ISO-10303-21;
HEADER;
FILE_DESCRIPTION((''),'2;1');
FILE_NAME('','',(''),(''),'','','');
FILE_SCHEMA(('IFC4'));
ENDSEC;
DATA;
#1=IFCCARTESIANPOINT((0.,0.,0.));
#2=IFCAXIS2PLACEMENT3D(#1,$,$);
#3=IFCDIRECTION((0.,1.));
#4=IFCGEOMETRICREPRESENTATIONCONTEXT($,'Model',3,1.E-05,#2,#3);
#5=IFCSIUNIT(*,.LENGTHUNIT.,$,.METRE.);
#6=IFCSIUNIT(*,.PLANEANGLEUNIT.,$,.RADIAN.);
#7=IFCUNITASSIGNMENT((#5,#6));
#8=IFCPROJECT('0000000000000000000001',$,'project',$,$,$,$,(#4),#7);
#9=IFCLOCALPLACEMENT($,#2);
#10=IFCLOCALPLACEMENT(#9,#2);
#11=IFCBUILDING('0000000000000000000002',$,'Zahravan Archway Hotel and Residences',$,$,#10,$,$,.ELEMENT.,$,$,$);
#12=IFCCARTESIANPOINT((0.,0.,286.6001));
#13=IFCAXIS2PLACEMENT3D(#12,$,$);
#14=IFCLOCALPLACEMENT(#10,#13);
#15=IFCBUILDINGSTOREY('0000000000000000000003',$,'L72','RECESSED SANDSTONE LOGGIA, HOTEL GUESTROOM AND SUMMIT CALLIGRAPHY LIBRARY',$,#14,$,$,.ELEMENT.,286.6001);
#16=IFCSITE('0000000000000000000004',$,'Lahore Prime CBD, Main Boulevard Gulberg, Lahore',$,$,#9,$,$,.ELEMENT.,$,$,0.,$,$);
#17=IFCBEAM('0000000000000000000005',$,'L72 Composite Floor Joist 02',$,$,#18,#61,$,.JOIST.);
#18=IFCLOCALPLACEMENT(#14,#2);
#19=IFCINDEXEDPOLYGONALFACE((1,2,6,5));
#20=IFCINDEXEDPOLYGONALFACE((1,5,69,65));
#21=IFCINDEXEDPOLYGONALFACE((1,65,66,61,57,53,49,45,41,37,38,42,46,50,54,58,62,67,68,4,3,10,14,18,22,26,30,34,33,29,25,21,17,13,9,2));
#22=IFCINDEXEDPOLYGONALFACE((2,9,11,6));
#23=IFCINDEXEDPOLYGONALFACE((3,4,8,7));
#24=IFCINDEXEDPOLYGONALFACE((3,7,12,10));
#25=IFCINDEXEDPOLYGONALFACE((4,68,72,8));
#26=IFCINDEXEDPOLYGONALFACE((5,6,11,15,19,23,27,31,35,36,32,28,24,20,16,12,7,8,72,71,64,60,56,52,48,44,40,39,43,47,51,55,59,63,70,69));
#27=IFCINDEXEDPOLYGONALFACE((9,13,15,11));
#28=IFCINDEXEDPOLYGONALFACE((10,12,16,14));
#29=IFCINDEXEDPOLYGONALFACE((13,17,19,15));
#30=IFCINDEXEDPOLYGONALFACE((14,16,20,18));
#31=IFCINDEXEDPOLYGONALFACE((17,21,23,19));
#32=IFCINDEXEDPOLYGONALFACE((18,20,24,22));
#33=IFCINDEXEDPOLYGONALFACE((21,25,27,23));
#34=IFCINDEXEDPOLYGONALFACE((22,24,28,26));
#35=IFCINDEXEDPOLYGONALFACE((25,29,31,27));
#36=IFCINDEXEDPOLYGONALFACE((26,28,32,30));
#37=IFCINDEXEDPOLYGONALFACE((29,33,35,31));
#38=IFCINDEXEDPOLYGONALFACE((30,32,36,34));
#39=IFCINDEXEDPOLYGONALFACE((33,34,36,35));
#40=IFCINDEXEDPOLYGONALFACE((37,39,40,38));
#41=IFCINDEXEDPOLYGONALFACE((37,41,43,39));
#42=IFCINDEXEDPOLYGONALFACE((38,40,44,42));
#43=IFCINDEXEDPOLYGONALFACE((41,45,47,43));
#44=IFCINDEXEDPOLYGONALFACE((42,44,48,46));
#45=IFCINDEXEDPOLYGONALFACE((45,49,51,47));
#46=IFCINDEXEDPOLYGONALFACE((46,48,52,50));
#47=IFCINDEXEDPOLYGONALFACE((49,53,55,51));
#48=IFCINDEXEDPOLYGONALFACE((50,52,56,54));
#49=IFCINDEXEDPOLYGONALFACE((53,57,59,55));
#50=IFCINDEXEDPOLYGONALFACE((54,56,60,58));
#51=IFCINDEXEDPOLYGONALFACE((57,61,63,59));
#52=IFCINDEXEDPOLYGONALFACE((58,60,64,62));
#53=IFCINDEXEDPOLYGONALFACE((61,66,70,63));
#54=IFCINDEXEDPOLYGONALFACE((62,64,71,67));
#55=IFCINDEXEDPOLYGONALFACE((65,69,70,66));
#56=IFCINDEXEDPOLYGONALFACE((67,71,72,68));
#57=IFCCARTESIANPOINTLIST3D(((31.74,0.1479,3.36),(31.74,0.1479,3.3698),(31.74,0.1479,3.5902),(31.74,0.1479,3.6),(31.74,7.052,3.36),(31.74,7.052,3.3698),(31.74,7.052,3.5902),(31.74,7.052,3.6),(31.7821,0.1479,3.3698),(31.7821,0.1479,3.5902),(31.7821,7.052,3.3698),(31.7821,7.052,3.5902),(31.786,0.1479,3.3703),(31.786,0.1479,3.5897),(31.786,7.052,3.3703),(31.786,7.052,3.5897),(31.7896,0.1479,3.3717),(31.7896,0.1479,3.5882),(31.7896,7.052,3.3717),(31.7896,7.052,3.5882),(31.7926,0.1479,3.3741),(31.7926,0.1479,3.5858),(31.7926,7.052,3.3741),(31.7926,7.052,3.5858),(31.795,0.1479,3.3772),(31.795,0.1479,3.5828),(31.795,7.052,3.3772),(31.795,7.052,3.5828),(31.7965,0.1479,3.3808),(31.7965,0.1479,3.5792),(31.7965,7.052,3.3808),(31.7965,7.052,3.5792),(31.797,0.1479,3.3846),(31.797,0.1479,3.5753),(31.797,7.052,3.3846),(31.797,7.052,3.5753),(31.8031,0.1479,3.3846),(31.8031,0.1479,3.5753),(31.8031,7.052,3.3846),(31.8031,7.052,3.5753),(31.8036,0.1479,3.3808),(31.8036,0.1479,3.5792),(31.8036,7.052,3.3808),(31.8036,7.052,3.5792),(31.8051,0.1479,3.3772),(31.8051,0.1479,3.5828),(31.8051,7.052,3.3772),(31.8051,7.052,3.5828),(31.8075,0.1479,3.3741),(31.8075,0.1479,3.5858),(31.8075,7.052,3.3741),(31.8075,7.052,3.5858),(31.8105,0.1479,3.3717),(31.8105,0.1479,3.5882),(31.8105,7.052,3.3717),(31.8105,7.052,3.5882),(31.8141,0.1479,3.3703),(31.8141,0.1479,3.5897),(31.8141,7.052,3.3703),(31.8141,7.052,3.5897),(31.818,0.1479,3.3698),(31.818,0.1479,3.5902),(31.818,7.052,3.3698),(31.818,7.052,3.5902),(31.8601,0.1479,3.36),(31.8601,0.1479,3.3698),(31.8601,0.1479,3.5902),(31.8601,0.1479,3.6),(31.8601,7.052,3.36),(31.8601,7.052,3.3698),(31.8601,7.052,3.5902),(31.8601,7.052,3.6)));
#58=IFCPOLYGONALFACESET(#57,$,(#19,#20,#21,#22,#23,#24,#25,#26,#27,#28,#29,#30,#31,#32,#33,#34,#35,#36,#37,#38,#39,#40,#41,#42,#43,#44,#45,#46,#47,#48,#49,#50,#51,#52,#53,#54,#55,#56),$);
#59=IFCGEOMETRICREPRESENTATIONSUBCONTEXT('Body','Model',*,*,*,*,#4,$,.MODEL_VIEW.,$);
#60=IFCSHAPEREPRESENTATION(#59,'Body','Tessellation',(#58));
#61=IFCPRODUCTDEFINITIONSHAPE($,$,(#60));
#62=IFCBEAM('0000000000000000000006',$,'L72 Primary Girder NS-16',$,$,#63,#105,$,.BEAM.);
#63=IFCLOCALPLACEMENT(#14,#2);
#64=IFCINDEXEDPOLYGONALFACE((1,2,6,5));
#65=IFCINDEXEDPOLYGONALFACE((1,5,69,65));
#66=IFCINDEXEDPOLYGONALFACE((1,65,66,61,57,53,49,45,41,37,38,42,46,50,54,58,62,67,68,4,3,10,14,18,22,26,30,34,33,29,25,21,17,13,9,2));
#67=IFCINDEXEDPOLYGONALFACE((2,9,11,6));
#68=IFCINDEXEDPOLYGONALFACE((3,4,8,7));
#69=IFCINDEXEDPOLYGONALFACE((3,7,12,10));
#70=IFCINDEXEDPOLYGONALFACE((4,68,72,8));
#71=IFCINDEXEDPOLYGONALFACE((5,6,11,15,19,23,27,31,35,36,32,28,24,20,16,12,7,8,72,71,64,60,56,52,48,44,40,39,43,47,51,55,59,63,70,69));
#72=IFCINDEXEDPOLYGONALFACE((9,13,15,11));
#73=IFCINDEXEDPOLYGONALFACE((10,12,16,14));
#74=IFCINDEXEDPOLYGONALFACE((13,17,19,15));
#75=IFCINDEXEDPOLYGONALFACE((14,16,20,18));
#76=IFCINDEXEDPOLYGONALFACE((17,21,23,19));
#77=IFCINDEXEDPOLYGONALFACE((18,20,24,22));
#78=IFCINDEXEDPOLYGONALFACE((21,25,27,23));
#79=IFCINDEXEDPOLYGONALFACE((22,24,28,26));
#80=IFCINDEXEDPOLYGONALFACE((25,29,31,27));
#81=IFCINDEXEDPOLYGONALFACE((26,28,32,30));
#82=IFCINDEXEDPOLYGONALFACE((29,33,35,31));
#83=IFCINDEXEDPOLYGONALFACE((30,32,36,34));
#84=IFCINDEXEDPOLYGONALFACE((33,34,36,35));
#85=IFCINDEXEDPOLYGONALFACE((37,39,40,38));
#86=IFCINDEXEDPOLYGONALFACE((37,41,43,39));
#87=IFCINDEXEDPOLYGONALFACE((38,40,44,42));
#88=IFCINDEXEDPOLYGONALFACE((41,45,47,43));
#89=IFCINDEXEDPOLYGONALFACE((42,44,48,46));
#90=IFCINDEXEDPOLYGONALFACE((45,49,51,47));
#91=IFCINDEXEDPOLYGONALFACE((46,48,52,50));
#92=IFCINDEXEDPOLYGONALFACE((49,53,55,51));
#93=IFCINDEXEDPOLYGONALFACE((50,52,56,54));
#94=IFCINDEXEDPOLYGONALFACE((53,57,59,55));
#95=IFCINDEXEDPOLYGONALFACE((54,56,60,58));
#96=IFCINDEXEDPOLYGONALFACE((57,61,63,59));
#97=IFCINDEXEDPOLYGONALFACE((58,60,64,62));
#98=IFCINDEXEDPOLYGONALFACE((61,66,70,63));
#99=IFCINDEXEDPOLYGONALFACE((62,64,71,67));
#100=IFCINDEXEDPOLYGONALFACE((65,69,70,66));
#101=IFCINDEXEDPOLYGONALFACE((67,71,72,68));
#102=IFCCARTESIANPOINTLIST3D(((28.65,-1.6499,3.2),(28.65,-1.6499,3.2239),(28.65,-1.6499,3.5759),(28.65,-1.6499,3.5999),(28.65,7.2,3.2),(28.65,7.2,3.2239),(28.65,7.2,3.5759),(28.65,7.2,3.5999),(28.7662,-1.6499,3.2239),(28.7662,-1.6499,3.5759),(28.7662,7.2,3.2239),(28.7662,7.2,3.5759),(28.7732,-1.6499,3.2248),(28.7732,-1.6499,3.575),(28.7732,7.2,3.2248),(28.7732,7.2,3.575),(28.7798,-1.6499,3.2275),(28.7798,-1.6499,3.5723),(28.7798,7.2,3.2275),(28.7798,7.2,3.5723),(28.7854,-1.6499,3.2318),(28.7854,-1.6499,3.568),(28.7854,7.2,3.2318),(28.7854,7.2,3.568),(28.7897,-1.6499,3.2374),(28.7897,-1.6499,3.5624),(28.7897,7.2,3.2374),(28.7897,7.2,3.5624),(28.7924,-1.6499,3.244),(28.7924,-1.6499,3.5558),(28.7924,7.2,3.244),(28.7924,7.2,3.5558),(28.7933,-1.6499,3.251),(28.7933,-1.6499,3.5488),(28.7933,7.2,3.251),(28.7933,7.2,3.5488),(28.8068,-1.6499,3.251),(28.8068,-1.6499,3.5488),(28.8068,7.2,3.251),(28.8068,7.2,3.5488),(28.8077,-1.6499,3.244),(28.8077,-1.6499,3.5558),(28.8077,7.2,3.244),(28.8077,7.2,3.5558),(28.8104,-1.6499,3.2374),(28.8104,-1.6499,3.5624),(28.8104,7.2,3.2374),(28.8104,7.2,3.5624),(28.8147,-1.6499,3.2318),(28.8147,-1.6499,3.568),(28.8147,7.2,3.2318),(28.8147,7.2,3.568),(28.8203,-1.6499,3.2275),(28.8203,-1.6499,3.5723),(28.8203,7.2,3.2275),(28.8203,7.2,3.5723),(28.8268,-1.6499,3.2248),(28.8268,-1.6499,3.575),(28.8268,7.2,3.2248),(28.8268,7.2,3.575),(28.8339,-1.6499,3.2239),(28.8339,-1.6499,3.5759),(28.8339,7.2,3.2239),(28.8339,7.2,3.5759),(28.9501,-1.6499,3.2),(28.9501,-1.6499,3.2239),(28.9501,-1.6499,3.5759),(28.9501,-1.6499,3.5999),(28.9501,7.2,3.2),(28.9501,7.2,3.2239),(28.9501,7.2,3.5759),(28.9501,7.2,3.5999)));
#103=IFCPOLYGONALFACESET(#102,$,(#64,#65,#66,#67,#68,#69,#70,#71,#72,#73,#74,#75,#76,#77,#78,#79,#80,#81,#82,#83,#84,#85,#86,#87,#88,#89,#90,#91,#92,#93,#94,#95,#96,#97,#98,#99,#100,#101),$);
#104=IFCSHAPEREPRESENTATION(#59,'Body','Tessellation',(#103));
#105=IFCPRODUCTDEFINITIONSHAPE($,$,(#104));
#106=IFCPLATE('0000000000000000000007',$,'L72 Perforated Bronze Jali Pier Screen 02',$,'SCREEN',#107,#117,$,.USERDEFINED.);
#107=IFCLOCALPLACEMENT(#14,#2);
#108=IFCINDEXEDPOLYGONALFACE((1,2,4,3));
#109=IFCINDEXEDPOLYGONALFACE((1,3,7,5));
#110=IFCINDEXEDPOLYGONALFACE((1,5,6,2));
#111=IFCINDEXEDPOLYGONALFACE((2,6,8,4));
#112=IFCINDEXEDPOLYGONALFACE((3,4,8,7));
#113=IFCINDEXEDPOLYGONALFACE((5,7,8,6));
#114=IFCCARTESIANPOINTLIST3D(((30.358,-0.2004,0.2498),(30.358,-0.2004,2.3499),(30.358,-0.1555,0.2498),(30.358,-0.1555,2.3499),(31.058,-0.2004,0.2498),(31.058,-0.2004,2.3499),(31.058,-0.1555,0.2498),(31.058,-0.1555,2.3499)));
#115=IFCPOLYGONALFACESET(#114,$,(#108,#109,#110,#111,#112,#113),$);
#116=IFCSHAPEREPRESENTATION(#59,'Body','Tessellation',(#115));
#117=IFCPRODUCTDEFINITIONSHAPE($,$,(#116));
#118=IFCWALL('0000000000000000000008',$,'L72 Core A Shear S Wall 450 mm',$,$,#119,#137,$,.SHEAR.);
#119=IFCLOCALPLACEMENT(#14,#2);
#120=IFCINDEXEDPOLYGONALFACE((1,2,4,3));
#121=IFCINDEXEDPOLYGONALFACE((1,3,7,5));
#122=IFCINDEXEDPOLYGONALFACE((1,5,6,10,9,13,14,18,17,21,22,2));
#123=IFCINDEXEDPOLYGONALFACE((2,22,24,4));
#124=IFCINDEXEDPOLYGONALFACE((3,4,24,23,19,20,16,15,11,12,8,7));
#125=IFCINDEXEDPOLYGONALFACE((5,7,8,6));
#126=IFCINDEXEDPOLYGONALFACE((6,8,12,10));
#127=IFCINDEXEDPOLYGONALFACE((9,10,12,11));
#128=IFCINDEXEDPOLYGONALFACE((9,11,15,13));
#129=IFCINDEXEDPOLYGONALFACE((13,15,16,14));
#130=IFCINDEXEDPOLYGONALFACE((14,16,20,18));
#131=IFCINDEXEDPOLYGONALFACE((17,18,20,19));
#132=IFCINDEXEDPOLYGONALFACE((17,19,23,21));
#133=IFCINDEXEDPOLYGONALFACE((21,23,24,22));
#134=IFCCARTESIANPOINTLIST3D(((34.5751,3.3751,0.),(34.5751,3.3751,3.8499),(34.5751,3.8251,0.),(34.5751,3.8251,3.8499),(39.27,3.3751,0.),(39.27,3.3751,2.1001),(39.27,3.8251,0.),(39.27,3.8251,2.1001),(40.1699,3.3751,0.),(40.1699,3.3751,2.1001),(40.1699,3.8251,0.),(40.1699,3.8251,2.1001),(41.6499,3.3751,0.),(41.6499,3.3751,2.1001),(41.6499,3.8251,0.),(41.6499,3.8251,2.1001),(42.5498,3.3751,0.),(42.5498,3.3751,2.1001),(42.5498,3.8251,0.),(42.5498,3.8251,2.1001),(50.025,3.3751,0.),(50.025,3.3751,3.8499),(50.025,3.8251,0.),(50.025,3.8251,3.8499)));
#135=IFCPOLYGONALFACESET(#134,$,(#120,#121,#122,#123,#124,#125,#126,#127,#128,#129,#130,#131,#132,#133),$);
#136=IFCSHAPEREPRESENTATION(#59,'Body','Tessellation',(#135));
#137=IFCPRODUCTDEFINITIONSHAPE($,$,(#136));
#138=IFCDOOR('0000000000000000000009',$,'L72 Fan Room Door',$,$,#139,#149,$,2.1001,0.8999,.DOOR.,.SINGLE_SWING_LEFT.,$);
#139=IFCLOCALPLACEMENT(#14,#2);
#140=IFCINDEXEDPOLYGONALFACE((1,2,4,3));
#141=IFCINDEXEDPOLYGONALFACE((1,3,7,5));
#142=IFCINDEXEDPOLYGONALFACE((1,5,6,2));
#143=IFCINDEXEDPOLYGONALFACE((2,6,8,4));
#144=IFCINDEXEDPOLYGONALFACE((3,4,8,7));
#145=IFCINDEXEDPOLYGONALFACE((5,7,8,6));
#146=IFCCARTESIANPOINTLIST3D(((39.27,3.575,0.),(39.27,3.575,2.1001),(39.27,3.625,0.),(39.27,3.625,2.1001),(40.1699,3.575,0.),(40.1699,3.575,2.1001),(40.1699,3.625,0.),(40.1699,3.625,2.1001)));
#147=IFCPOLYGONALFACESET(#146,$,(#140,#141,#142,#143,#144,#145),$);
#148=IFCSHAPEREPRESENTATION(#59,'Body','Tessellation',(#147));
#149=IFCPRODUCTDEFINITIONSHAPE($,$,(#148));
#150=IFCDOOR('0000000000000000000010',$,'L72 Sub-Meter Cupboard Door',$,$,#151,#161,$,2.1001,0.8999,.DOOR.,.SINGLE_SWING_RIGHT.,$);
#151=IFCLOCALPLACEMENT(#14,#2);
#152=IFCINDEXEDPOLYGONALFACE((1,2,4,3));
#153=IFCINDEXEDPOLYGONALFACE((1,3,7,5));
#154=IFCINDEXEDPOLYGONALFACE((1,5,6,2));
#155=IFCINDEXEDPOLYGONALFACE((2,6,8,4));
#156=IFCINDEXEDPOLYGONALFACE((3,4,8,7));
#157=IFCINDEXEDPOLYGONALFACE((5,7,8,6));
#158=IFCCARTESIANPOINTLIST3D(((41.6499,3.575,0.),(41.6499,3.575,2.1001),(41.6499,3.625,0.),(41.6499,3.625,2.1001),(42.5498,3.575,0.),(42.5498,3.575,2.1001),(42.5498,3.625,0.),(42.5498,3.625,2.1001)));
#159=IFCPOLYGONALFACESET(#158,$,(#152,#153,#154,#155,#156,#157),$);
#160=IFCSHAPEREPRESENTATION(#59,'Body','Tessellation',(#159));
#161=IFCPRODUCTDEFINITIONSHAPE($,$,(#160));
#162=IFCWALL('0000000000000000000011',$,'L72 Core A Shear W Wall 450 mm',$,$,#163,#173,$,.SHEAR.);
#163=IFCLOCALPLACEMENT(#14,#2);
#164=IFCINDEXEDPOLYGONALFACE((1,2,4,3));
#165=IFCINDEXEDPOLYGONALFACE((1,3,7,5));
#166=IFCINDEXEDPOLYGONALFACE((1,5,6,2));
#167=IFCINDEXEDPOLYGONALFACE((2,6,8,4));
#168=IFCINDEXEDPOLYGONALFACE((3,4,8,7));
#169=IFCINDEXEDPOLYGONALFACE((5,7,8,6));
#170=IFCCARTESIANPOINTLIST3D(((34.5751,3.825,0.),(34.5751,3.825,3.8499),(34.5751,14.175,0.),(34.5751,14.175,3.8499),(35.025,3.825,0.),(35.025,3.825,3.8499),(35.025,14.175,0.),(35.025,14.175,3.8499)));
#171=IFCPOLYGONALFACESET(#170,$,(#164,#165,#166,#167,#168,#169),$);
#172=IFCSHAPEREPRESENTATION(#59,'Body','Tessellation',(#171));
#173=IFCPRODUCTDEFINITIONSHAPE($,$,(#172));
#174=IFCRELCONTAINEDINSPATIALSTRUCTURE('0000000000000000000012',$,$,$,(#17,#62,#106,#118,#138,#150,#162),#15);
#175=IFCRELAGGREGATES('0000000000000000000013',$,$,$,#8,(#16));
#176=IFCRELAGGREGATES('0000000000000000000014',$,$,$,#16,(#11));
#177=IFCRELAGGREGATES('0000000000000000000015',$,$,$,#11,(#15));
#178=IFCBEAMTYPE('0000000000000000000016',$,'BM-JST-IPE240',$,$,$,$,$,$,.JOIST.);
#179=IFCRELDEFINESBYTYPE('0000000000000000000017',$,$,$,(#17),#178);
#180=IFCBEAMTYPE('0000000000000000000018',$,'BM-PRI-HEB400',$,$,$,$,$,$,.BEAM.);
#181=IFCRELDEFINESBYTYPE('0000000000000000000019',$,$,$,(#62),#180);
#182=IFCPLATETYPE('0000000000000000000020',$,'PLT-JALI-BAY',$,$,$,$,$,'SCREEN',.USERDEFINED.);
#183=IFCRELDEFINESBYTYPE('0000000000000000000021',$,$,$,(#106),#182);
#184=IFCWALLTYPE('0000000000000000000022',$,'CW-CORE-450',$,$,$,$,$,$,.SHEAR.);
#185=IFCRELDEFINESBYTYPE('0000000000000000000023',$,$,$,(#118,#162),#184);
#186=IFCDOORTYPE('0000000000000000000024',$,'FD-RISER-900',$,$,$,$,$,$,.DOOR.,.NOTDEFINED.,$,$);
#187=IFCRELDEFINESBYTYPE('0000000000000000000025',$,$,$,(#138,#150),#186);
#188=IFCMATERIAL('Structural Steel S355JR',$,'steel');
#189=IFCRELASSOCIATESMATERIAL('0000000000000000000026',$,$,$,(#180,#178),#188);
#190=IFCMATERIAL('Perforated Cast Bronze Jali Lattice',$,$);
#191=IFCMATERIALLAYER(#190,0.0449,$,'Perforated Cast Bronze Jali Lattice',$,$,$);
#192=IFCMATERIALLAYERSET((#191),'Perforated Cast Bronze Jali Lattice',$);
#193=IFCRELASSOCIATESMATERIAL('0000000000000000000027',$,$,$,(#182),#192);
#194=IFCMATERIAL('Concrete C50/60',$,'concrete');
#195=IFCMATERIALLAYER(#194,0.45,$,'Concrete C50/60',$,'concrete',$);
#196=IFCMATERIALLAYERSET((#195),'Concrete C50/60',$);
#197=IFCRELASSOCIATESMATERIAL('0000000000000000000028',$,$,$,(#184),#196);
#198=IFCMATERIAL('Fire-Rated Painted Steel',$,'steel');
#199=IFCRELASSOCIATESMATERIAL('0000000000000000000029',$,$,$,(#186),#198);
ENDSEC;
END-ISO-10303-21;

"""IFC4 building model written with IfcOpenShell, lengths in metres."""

from ifc_helpers import new_model, si_unit, direction, frame, frame_2d, origin, origin_2d, place, context, subcontext, project, spatial, rectangle, i_section, extrude, source, transform, mapped, material, layer, layer_set, material_profile, profile_set, type_object, type_shapes, element, fill, save


model = new_model("IFC4")

# Units and contexts
model_context = context("Model", 3, precision=1e-05, world=origin(), true_north=direction((0.0, 1.0)))
body_context = subcontext(model_context, "Body", "Model", "MODEL_VIEW")
ifc_project = project(units=[si_unit("LENGTHUNIT", "METRE"), si_unit("PLANEANGLEUNIT", "RADIAN")], contexts=[model_context])

# Site, building, storey
site_placement = place(None, origin())
site = spatial("IfcSite", under=ifc_project, at=site_placement, Name="Lahore Prime CBD, Main Boulevard Gulberg, Lahore", CompositionType="ELEMENT", RefElevation=0.0)
building_placement = place(site_placement, origin())
building = spatial("IfcBuilding", under=site, at=building_placement, Name="Zahravan Archway Hotel and Residences", CompositionType="ELEMENT")
storey_placement = place(building_placement, frame((0.0, 0.0, 286.6001)))
storey = spatial("IfcBuildingStorey", under=building, at=storey_placement, Name="L72", Description="RECESSED SANDSTONE LOGGIA, HOTEL GUESTROOM AND SUMMIT CALLIGRAPHY LIBRARY", CompositionType="ELEMENT", Elevation=286.6001)

# Shared definitions
ifc_material_1 = material(Name="Concrete C50/60", Category="concrete")

# Beams
ifc_material_2 = material(Name="Structural Steel S355JR", Category="steel")
ifc_material_profile_1 = material_profile(ifc_material_2, i_section(OverallWidth=0.3, OverallDepth=0.3999, WebThickness=0.0134, FlangeThickness=0.0239, FilletRadius=0.0271, at=origin_2d()), Name="HEB 400", Category="steel")
ifc_profile_set_1 = profile_set([ifc_material_profile_1], Name="Structural Steel S355JR")
beam_type_1 = type_object("IfcBeamType", Name="BM-PRI-HEB400", PredefinedType="BEAM", material=ifc_profile_set_1)
ifc_material_profile_2 = material_profile(ifc_material_2, i_section(OverallWidth=0.1201, OverallDepth=0.24, WebThickness=0.0061, FlangeThickness=0.0098, FilletRadius=0.0149, at=origin_2d()), Name="IPE 240", Category="steel")
ifc_profile_set_2 = profile_set([ifc_material_profile_2], Name="Structural Steel S355JR")
beam_type_2 = type_object("IfcBeamType", Name="BM-JST-IPE240", PredefinedType="JOIST", material=ifc_profile_set_2)
shared_shape_1 = source(origin(), body_context, "Body", "SweptSolid", [
    extrude(i_section(OverallWidth=0.1201, OverallDepth=0.24, WebThickness=0.0061, FlangeThickness=0.0098, FilletRadius=0.0149, at=origin_2d()), origin(), (0.0, 0.0, 1.0), 6.9041),
])
type_shapes(beam_type_2, [shared_shape_1])
for number, where, z_axis, x_axis, name in (
    (1, (31.8, 0.1479, 3.48), (0.0, 1.0, 0.0), (-1.0, 0.0, 0.0), "L72 Composite Floor Joist 02"),
):
    element("IfcBeam", number, at=place(storey_placement, frame(where, z_axis=z_axis, x_axis=x_axis)), inside=storey, type_object=beam_type_2, Name=name, PredefinedType="JOIST", context=body_context, shape_type="MappedRepresentation", body=[
        mapped(shared_shape_1, transform((0.0, 0.0, 0.0), scale=1.0)),
    ])
shared_shape_2 = source(origin(), body_context, "Body", "SweptSolid", [
    extrude(i_section(OverallWidth=0.3, OverallDepth=0.3999, WebThickness=0.0134, FlangeThickness=0.0239, FilletRadius=0.0271, at=origin_2d()), origin(), (0.0, 0.0, 1.0), 8.8499),
])
beam_placement = place(storey_placement, frame((28.8, -1.6499, 3.3999), z_axis=(0.0, 1.0, 0.0), x_axis=(-1.0, 0.0, 0.0)))
element("IfcBeam", 2, at=beam_placement, inside=storey, type_object=beam_type_1, Name="L72 Primary Girder NS-16", PredefinedType="BEAM", context=body_context, shape_type="MappedRepresentation", body=[
    mapped(shared_shape_2, transform((0.0, 0.0, 0.0), scale=1.0)),
])

# Plate
ifc_material_3 = material(Name="Perforated Cast Bronze Jali Lattice")
ifc_layer_1 = layer(ifc_material_3, 0.0449, Name="Perforated Cast Bronze Jali Lattice")
ifc_layer_set_1 = layer_set([ifc_layer_1], Name="Perforated Cast Bronze Jali Lattice")
plate_type = type_object("IfcPlateType", Name="PLT-JALI-BAY", ElementType="SCREEN", PredefinedType="USERDEFINED", material=ifc_layer_set_1)
shared_shape_3 = source(origin(), body_context, "Body", "SweptSolid", [
    extrude(rectangle(XDim=0.7, YDim=0.0449, at=origin_2d()), origin(), (0.0, 0.0, 1.0), 2.1001),
])
type_shapes(plate_type, [shared_shape_3])
plate_placement = place(storey_placement, frame((30.708, -0.178, 0.2498), z_axis=(0.0, 0.0, 1.0), x_axis=(1.0, 0.0, 0.0)))
element("IfcPlate", 3, at=plate_placement, inside=storey, type_object=plate_type, Name="L72 Perforated Bronze Jali Pier Screen 02", ObjectType="SCREEN", PredefinedType="USERDEFINED", context=body_context, shape_type="MappedRepresentation", body=[
    mapped(shared_shape_3, transform((0.0, 0.0, 0.0), scale=1.0)),
])

# Wall, openings, doors
ifc_layer_2 = layer(ifc_material_1, 0.45, Name="Concrete C50/60", Category="concrete")
ifc_layer_set_2 = layer_set([ifc_layer_2], Name="Concrete C50/60")
wall_type_1 = type_object("IfcWallType", Name="CW-CORE-450", PredefinedType="SHEAR", material=ifc_layer_set_2)
wall_1_placement = place(storey_placement, frame((34.575, 3.6001, 0.0), z_axis=(0.0, 0.0, 1.0), x_axis=(1.0, 0.0, 0.0)))
wall_1 = element("IfcWall", 4, at=wall_1_placement, inside=storey, type_object=wall_type_1, Name="L72 Core A Shear S Wall 450 mm", PredefinedType="SHEAR", context=body_context, shape_type="SweptSolid", body=[
    extrude(rectangle(XDim=15.45, YDim=0.45, at=frame_2d((7.7251, 0.0))), origin(), (0.0, 0.0, 1.0), 3.8499),
])
opening_1_placement = place(wall_1_placement, frame((4.6951, 0.0, 0.0)))
opening_1 = element("IfcOpeningElement", 5, at=opening_1_placement, cuts=wall_1, PredefinedType="OPENING", context=body_context, shape_type="SweptSolid", body=[
    extrude(rectangle(XDim=0.8999, YDim=2.1001, at=frame_2d((0.45, 1.05))), frame((0.0, 0.2349, 0.0), z_axis=(0.0, -1.0, 0.0), x_axis=(1.0, 0.0, 0.0)), (0.0, 0.0, 1.0), 0.47),
])
opening_2_placement = place(wall_1_placement, frame((7.075, 0.0, 0.0)))
opening_2 = element("IfcOpeningElement", 6, at=opening_2_placement, cuts=wall_1, PredefinedType="OPENING", context=body_context, shape_type="SweptSolid", body=[
    extrude(rectangle(XDim=0.8999, YDim=2.1001, at=frame_2d((0.45, 1.05))), frame((0.0, 0.2349, 0.0), z_axis=(0.0, -1.0, 0.0), x_axis=(1.0, 0.0, 0.0)), (0.0, 0.0, 1.0), 0.47),
])
ifc_material_4 = material(Name="Fire-Rated Painted Steel", Category="steel")
door_type_1 = type_object("IfcDoorType", Name="FD-RISER-900", OperationType="NOTDEFINED", PredefinedType="DOOR", material=ifc_material_4)
shared_shape_4 = source(origin(), body_context, "Body", "SweptSolid", [
    extrude(rectangle(XDim=0.8999, YDim=2.1001, at=frame_2d((0.45, 1.05))), frame((0.0, 0.0249, 0.0), z_axis=(0.0, -1.0, 0.0), x_axis=(1.0, 0.0, 0.0)), (0.0, 0.0, 1.0), 0.05),
])
type_shapes(door_type_1, [shared_shape_4])
door_1_placement = place(opening_1_placement, origin())
door_1 = element("IfcDoor", 7, at=door_1_placement, inside=storey, type_object=door_type_1, Name="L72 Fan Room Door", OperationType="SINGLE_SWING_LEFT", OverallHeight=2.1001, OverallWidth=0.8999, PredefinedType="DOOR", context=body_context, shape_type="MappedRepresentation", body=[
    mapped(shared_shape_4, transform((0.0, 0.0, 0.0), scale=1.0)),
])
fill(opening_1, door_1)
door_2_placement = place(opening_2_placement, origin())
door_2 = element("IfcDoor", 8, at=door_2_placement, inside=storey, type_object=door_type_1, Name="L72 Sub-Meter Cupboard Door", OperationType="SINGLE_SWING_RIGHT", OverallHeight=2.1001, OverallWidth=0.8999, PredefinedType="DOOR", context=body_context, shape_type="MappedRepresentation", body=[
    mapped(shared_shape_4, transform((0.0, 0.0, 0.0), scale=1.0)),
])
fill(opening_2, door_2)

# Wall
wall_2_placement = place(storey_placement, frame((34.8, 3.825, 0.0), z_axis=(0.0, 0.0, 1.0), x_axis=(0.0, 1.0, 0.0)))
element("IfcWall", 9, at=wall_2_placement, inside=storey, type_object=wall_type_1, Name="L72 Core A Shear W Wall 450 mm", PredefinedType="SHEAR", context=body_context, shape_type="SweptSolid", body=[
    extrude(rectangle(XDim=10.3501, YDim=0.45, at=frame_2d((5.175, 0.0))), origin(), (0.0, 0.0, 1.0), 3.8499),
])

save(model, "model.ifc")
